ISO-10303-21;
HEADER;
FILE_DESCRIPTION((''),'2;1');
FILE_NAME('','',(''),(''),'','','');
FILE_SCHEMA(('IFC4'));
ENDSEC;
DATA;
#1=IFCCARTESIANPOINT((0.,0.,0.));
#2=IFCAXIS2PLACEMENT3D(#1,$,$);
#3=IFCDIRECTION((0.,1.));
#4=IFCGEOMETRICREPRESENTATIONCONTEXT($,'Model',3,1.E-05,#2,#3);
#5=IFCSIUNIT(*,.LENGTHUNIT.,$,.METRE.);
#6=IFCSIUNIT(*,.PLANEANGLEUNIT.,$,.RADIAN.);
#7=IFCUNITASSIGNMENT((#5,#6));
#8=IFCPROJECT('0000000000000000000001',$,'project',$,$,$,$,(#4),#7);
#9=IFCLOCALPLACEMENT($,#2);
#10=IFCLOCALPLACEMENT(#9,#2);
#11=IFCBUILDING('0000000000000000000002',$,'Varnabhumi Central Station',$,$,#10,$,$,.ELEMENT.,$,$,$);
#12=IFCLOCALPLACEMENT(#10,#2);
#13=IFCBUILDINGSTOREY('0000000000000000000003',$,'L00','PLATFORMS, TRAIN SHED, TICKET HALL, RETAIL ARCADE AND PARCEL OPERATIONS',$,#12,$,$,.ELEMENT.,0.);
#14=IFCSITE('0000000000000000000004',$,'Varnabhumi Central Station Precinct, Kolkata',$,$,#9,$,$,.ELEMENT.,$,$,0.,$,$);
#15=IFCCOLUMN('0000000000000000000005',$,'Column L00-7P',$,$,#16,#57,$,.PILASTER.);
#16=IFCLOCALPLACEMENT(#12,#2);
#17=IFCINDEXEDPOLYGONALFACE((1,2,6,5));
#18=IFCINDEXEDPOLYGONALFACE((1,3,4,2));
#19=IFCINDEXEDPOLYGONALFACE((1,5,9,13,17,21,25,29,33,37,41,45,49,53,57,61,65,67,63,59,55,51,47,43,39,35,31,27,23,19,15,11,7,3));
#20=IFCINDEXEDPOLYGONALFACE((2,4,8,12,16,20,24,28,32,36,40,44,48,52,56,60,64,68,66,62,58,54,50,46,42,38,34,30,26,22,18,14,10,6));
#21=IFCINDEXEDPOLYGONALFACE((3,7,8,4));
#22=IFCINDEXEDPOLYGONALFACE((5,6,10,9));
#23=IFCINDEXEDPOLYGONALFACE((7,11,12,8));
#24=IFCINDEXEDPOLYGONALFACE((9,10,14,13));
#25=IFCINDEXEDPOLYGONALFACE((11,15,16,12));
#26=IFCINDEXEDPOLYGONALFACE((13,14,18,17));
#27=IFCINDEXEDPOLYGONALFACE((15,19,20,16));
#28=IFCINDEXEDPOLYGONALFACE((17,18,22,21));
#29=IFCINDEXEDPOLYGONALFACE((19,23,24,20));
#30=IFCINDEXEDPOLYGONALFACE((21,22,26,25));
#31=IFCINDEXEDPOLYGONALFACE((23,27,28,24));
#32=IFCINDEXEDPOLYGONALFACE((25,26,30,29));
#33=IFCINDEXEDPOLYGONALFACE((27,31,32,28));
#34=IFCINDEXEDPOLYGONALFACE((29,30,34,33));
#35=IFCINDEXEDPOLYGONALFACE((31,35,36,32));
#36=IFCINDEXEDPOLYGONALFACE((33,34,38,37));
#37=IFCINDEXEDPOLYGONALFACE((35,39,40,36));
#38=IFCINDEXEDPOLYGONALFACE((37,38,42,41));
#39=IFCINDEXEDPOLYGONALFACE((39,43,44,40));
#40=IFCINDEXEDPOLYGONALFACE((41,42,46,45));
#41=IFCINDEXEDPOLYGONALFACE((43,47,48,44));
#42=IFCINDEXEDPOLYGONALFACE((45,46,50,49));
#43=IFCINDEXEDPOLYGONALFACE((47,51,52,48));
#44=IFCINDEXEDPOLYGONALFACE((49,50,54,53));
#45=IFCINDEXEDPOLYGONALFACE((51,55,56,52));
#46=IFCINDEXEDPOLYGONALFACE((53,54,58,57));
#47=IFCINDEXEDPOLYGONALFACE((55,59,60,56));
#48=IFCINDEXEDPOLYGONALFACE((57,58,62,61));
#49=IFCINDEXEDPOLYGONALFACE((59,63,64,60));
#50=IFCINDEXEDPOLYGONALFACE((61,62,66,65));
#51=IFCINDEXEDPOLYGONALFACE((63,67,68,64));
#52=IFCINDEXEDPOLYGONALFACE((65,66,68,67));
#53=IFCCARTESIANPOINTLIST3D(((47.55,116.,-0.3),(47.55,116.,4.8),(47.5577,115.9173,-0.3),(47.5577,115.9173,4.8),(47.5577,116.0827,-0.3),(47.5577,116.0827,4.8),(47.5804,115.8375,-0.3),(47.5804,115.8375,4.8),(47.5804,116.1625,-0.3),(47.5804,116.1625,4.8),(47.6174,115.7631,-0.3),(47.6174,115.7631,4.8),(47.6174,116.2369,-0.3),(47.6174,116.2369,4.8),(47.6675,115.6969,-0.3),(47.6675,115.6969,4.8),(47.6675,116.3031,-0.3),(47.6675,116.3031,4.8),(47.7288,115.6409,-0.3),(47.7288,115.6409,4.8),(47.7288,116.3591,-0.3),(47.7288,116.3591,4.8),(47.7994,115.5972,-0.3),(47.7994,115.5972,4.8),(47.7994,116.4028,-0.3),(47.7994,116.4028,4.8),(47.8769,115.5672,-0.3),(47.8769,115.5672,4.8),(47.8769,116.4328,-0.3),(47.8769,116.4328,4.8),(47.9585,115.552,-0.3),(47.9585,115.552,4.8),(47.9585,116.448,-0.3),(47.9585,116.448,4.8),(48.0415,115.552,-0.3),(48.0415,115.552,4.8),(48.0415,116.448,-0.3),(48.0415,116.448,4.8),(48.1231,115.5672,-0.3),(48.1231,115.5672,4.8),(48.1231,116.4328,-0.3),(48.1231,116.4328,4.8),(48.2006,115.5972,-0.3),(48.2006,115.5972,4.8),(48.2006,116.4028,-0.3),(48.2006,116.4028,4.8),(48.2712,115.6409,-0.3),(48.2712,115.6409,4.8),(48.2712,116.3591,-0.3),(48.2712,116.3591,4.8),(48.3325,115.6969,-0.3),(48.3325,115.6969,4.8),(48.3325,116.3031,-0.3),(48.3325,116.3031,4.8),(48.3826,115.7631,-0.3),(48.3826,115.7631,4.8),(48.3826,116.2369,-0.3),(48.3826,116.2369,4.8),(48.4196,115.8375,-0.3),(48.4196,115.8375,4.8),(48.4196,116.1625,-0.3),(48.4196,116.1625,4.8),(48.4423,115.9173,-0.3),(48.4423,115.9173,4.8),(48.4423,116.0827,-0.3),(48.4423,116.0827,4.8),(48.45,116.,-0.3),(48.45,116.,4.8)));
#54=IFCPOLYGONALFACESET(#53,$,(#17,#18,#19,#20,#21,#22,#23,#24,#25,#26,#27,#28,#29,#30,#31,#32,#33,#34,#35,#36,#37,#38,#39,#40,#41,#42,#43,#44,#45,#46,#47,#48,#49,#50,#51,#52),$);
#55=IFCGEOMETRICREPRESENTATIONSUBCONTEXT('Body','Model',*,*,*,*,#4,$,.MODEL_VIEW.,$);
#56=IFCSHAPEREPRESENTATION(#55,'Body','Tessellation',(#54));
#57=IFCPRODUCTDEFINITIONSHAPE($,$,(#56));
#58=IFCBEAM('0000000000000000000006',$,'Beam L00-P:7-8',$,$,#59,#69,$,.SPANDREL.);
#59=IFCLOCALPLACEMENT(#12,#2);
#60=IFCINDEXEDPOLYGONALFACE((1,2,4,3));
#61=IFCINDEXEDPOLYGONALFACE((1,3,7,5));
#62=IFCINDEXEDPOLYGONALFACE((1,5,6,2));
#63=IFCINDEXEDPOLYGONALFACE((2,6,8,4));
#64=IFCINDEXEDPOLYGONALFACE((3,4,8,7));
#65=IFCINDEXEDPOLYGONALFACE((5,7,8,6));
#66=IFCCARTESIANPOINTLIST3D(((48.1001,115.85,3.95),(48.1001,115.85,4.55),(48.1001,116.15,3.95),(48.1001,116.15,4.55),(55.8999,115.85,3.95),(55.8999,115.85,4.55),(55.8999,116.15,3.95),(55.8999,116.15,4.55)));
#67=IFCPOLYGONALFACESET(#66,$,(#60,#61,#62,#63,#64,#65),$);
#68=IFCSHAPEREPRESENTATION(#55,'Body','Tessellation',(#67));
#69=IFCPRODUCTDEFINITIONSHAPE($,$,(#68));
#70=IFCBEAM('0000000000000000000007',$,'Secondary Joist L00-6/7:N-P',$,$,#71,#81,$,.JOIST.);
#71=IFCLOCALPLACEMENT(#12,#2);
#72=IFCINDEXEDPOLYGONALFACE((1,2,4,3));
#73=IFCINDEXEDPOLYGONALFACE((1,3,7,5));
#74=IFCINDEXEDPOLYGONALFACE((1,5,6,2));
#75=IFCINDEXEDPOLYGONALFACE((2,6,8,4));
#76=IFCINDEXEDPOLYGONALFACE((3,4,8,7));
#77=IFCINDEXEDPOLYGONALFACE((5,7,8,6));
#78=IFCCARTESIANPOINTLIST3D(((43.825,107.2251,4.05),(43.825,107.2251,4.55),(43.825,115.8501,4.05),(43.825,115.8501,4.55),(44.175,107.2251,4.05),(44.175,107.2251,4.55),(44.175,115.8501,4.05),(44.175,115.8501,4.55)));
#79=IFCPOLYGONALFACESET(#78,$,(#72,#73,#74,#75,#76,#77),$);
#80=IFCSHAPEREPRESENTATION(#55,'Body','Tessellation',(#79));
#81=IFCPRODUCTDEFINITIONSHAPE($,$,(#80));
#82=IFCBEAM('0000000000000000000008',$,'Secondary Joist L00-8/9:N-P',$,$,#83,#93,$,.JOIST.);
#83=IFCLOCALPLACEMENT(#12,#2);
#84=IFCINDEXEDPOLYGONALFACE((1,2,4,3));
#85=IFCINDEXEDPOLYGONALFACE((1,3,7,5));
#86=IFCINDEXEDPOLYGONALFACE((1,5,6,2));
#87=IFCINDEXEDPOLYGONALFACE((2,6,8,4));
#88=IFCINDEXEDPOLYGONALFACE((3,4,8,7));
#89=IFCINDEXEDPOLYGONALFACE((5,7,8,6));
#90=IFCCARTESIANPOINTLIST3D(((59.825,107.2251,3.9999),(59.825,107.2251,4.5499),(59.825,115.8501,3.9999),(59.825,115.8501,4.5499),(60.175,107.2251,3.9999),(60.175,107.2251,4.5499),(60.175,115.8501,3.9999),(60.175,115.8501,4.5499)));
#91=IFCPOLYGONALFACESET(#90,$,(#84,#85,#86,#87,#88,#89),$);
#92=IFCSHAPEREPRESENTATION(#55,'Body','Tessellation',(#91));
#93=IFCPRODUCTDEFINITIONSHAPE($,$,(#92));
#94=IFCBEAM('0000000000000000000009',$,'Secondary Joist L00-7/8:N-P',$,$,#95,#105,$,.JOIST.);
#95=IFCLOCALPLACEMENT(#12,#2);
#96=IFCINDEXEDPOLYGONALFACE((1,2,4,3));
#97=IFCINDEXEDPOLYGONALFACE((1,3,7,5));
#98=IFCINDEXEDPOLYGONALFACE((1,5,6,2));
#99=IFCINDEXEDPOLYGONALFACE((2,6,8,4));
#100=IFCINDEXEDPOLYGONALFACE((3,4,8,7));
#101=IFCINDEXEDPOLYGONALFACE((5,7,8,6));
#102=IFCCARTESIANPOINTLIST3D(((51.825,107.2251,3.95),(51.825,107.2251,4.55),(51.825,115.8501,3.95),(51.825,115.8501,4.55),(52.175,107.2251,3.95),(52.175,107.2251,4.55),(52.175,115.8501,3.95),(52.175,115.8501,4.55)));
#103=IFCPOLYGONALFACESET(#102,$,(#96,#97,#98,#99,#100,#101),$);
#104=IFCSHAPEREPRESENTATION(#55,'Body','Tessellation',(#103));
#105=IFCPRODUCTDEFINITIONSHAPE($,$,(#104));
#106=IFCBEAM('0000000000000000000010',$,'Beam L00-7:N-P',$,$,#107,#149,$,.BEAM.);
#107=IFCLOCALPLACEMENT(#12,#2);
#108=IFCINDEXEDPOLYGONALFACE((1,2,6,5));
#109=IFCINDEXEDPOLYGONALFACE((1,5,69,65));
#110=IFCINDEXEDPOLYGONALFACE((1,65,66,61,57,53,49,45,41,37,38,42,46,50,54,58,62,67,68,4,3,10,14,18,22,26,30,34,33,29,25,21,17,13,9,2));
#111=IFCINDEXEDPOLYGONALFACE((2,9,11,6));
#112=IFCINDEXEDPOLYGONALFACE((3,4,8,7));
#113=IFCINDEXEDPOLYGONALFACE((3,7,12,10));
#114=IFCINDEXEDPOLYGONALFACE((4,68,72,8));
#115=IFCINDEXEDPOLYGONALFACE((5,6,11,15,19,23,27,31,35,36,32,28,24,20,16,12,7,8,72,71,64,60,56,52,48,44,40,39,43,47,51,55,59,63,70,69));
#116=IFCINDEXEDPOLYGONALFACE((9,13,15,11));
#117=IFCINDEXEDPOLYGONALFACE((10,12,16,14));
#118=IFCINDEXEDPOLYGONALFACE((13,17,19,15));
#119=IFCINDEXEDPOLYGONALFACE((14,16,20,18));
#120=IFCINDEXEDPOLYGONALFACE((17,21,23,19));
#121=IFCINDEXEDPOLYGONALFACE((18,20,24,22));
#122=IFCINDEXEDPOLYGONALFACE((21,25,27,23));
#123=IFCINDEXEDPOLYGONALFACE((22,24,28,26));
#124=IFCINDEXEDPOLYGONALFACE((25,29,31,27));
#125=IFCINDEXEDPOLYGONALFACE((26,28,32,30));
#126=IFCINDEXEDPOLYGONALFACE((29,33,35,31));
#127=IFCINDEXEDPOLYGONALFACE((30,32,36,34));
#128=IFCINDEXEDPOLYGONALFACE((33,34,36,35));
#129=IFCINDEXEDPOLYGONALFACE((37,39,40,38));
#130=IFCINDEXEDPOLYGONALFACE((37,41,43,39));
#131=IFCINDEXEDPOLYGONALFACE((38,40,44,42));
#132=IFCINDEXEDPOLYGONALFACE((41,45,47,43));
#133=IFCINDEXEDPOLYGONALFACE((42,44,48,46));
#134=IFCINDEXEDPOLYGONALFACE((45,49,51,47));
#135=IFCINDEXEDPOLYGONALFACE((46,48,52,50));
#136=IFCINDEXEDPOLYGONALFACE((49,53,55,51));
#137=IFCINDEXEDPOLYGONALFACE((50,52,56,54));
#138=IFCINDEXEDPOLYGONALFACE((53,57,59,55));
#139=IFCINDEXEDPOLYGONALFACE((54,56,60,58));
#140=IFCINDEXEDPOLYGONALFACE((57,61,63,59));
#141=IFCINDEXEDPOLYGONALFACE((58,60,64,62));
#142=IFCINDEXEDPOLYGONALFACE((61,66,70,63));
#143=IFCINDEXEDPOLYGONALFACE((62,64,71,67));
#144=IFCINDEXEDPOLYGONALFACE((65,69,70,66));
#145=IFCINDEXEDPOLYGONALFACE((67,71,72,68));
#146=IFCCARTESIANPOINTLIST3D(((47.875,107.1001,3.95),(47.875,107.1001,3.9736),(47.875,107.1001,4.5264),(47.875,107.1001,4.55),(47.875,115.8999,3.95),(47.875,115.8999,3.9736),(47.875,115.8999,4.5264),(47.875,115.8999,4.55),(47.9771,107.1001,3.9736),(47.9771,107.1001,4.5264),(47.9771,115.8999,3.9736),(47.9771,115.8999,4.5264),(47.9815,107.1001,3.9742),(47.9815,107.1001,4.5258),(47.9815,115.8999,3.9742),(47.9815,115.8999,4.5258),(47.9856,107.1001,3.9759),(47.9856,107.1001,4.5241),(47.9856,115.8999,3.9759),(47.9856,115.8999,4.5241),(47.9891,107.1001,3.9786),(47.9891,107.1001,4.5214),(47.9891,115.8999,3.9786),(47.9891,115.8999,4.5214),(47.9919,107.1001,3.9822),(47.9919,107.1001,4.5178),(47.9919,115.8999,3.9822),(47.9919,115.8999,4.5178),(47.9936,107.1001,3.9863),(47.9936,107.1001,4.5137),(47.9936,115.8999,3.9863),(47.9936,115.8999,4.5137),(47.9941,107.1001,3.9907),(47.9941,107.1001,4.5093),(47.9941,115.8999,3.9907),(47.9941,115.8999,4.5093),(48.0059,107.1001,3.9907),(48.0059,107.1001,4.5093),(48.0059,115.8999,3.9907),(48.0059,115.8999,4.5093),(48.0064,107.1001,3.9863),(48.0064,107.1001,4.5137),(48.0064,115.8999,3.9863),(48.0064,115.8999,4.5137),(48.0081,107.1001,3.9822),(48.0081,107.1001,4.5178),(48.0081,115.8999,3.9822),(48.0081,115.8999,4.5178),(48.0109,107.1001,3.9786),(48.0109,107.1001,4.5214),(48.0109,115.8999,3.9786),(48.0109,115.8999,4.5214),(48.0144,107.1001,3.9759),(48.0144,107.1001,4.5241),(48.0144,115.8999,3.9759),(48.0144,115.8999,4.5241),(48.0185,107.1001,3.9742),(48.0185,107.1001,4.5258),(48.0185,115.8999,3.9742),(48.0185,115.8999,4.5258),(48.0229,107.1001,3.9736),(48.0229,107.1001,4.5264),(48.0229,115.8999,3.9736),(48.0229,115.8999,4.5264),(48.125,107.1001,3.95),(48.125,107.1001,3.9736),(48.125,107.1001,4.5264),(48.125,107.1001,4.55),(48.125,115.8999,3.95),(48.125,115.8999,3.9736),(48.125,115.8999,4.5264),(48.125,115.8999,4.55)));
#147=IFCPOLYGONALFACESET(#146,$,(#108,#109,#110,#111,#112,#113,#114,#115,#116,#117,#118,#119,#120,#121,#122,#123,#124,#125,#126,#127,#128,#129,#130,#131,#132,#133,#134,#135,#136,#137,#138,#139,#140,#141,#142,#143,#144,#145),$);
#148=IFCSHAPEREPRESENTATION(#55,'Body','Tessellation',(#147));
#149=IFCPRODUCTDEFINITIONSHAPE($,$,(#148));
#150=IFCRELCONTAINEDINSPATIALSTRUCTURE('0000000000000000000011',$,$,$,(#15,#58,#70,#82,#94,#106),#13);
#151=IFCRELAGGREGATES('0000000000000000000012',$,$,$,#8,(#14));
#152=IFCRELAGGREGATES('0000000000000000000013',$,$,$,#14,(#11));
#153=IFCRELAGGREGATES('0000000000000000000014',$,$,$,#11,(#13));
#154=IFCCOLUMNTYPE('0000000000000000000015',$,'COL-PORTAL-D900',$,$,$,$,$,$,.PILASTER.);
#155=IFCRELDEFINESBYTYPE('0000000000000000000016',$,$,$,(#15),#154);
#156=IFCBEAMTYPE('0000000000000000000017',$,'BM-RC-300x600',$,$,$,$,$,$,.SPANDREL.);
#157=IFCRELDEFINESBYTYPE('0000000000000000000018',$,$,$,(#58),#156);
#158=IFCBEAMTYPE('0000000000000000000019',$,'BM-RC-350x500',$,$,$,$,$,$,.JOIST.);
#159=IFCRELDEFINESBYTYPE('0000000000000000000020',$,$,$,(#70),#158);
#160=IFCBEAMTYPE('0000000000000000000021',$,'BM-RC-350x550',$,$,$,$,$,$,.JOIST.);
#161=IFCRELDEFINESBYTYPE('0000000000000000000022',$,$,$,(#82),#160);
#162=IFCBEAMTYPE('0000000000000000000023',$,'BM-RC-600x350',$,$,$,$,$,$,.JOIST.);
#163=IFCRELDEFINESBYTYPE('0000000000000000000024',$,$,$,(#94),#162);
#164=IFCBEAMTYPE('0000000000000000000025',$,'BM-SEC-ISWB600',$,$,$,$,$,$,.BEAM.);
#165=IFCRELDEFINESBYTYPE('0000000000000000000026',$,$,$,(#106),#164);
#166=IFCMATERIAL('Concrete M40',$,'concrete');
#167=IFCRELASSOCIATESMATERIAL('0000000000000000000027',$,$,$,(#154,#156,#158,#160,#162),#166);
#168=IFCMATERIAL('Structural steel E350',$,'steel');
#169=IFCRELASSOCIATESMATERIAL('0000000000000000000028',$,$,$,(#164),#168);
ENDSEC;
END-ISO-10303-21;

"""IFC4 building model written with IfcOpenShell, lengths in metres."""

from ifc_helpers import new_model, si_unit, direction, frame, origin, origin_2d, place, context, subcontext, project, spatial, rectangle, circle, i_section, extrude, material, material_profile, profile_set, type_object, element, save


model = new_model("IFC4")

# Units and contexts
model_context = context("Model", 3, precision=1e-05, world=origin(), true_north=direction((0.0, 1.0)))
body_context = subcontext(model_context, "Body", "Model", "MODEL_VIEW")
ifc_project = project(units=[si_unit("LENGTHUNIT", "METRE"), si_unit("PLANEANGLEUNIT", "RADIAN")], contexts=[model_context])

# Site, building, storey
site_placement = place(None, origin())
site = spatial("IfcSite", under=ifc_project, at=site_placement, Name="Varnabhumi Central Station Precinct, Kolkata", CompositionType="ELEMENT", RefElevation=0.0)
building_placement = place(site_placement, origin())
building = spatial("IfcBuilding", under=site, at=building_placement, Name="Varnabhumi Central Station", CompositionType="ELEMENT")
storey_placement = place(building_placement, origin())
storey = spatial("IfcBuildingStorey", under=building, at=storey_placement, Name="L00", Description="PLATFORMS, TRAIN SHED, TICKET HALL, RETAIL ARCADE AND PARCEL OPERATIONS", CompositionType="ELEMENT", Elevation=0.0)

# Shared definitions
ifc_material_1 = material(Name="Concrete M40", Category="concrete")

# Column
ifc_material_profile_1 = material_profile(ifc_material_1, circle(Radius=0.45, at=origin_2d()), Name="Concrete M40", Category="concrete")
ifc_profile_set_1 = profile_set([ifc_material_profile_1], Name="Concrete M40")
column_type = type_object("IfcColumnType", Name="COL-PORTAL-D900", PredefinedType="PILASTER", material=ifc_profile_set_1)
column_placement = place(storey_placement, frame((48.0, 116.0, -0.3), z_axis=(0.0, 0.0, 1.0), x_axis=(1.0, 0.0, 0.0)))
element("IfcColumn", 1, at=column_placement, inside=storey, type_object=column_type, Name="Column L00-7P", PredefinedType="PILASTER", context=body_context, shape_type="SweptSolid", body=[
    extrude(circle(Radius=0.45, at=origin_2d()), origin(), (0.0, 0.0, 1.0), 5.1001),
])

# Beams
ifc_material_profile_2 = material_profile(ifc_material_1, rectangle(XDim=0.3, YDim=0.6001, at=origin_2d()), Name="Concrete M40", Category="concrete")
ifc_profile_set_2 = profile_set([ifc_material_profile_2], Name="Concrete M40")
beam_type_1 = type_object("IfcBeamType", Name="BM-RC-300x600", PredefinedType="SPANDREL", material=ifc_profile_set_2)
beam_1_placement = place(storey_placement, frame((48.1001, 116.0, 4.25), z_axis=(1.0, 0.0, 0.0), x_axis=(0.0, 1.0, 0.0)))
element("IfcBeam", 2, at=beam_1_placement, inside=storey, type_object=beam_type_1, Name="Beam L00-P:7-8", PredefinedType="SPANDREL", context=body_context, shape_type="SweptSolid", body=[
    extrude(rectangle(XDim=0.3, YDim=0.6001, at=origin_2d()), origin(), (0.0, 0.0, 1.0), 7.7998),
])
ifc_material_profile_3 = material_profile(ifc_material_1, rectangle(XDim=0.3501, YDim=0.5, at=origin_2d()), Name="Concrete M40", Category="concrete")
ifc_profile_set_3 = profile_set([ifc_material_profile_3], Name="Concrete M40")
beam_type_2 = type_object("IfcBeamType", Name="BM-RC-350x500", PredefinedType="JOIST", material=ifc_profile_set_3)
beam_2_placement = place(storey_placement, frame((44.0, 107.2251, 4.3), z_axis=(0.0, 1.0, 0.0), x_axis=(-1.0, 0.0, 0.0)))
element("IfcBeam", 3, at=beam_2_placement, inside=storey, type_object=beam_type_2, Name="Secondary Joist L00-6/7:N-P", PredefinedType="JOIST", context=body_context, shape_type="SweptSolid", body=[
    extrude(rectangle(XDim=0.3501, YDim=0.5, at=origin_2d()), origin(), (0.0, 0.0, 1.0), 8.625),
])
ifc_material_profile_4 = material_profile(ifc_material_1, rectangle(XDim=0.3501, YDim=0.55, at=origin_2d()), Name="Concrete M40", Category="concrete")
ifc_profile_set_4 = profile_set([ifc_material_profile_4], Name="Concrete M40")
beam_type_3 = type_object("IfcBeamType", Name="BM-RC-350x550", PredefinedType="JOIST", material=ifc_profile_set_4)
beam_3_placement = place(storey_placement, frame((60.0, 107.2251, 4.2749), z_axis=(0.0, 1.0, 0.0), x_axis=(-1.0, 0.0, 0.0)))
element("IfcBeam", 4, at=beam_3_placement, inside=storey, type_object=beam_type_3, Name="Secondary Joist L00-8/9:N-P", PredefinedType="JOIST", context=body_context, shape_type="SweptSolid", body=[
    extrude(rectangle(XDim=0.3501, YDim=0.55, at=origin_2d()), origin(), (0.0, 0.0, 1.0), 8.625),
])
ifc_material_profile_5 = material_profile(ifc_material_1, rectangle(XDim=0.3501, YDim=0.6001, at=origin_2d()), Name="Concrete M40", Category="concrete")
ifc_profile_set_5 = profile_set([ifc_material_profile_5], Name="Concrete M40")
beam_type_4 = type_object("IfcBeamType", Name="BM-RC-600x350", PredefinedType="JOIST", material=ifc_profile_set_5)
beam_4_placement = place(storey_placement, frame((52.0, 107.2251, 4.25), z_axis=(0.0, 1.0, 0.0), x_axis=(-1.0, 0.0, 0.0)))
element("IfcBeam", 5, at=beam_4_placement, inside=storey, type_object=beam_type_4, Name="Secondary Joist L00-7/8:N-P", PredefinedType="JOIST", context=body_context, shape_type="SweptSolid", body=[
    extrude(rectangle(XDim=0.3501, YDim=0.6001, at=origin_2d()), origin(), (0.0, 0.0, 1.0), 8.625),
])
ifc_material_2 = material(Name="Structural steel E350", Category="steel")
ifc_material_profile_6 = material_profile(ifc_material_2, i_section(OverallWidth=0.25, OverallDepth=0.6001, WebThickness=0.0117, FlangeThickness=0.0237, FilletRadius=0.0171, at=origin_2d()), Name="Structural steel E350", Category="steel")
ifc_profile_set_6 = profile_set([ifc_material_profile_6], Name="Structural steel E350")
beam_type_5 = type_object("IfcBeamType", Name="BM-SEC-ISWB600", PredefinedType="BEAM", material=ifc_profile_set_6)
for number, where, z_axis, x_axis, name in (
    (6, (48.0, 107.1001, 4.25), (0.0, 1.0, 0.0), (-1.0, 0.0, 0.0), "Beam L00-7:N-P"),
):
    element("IfcBeam", number, at=place(storey_placement, frame(where, z_axis=z_axis, x_axis=x_axis)), inside=storey, type_object=beam_type_5, Name=name, PredefinedType="BEAM", context=body_context, shape_type="SweptSolid", body=[
        extrude(i_section(OverallWidth=0.25, OverallDepth=0.6001, WebThickness=0.0117, FlangeThickness=0.0237, FilletRadius=0.0171, at=origin_2d()), origin(), (0.0, 0.0, 1.0), 8.7998),
    ])

save(model, "model.ifc")
